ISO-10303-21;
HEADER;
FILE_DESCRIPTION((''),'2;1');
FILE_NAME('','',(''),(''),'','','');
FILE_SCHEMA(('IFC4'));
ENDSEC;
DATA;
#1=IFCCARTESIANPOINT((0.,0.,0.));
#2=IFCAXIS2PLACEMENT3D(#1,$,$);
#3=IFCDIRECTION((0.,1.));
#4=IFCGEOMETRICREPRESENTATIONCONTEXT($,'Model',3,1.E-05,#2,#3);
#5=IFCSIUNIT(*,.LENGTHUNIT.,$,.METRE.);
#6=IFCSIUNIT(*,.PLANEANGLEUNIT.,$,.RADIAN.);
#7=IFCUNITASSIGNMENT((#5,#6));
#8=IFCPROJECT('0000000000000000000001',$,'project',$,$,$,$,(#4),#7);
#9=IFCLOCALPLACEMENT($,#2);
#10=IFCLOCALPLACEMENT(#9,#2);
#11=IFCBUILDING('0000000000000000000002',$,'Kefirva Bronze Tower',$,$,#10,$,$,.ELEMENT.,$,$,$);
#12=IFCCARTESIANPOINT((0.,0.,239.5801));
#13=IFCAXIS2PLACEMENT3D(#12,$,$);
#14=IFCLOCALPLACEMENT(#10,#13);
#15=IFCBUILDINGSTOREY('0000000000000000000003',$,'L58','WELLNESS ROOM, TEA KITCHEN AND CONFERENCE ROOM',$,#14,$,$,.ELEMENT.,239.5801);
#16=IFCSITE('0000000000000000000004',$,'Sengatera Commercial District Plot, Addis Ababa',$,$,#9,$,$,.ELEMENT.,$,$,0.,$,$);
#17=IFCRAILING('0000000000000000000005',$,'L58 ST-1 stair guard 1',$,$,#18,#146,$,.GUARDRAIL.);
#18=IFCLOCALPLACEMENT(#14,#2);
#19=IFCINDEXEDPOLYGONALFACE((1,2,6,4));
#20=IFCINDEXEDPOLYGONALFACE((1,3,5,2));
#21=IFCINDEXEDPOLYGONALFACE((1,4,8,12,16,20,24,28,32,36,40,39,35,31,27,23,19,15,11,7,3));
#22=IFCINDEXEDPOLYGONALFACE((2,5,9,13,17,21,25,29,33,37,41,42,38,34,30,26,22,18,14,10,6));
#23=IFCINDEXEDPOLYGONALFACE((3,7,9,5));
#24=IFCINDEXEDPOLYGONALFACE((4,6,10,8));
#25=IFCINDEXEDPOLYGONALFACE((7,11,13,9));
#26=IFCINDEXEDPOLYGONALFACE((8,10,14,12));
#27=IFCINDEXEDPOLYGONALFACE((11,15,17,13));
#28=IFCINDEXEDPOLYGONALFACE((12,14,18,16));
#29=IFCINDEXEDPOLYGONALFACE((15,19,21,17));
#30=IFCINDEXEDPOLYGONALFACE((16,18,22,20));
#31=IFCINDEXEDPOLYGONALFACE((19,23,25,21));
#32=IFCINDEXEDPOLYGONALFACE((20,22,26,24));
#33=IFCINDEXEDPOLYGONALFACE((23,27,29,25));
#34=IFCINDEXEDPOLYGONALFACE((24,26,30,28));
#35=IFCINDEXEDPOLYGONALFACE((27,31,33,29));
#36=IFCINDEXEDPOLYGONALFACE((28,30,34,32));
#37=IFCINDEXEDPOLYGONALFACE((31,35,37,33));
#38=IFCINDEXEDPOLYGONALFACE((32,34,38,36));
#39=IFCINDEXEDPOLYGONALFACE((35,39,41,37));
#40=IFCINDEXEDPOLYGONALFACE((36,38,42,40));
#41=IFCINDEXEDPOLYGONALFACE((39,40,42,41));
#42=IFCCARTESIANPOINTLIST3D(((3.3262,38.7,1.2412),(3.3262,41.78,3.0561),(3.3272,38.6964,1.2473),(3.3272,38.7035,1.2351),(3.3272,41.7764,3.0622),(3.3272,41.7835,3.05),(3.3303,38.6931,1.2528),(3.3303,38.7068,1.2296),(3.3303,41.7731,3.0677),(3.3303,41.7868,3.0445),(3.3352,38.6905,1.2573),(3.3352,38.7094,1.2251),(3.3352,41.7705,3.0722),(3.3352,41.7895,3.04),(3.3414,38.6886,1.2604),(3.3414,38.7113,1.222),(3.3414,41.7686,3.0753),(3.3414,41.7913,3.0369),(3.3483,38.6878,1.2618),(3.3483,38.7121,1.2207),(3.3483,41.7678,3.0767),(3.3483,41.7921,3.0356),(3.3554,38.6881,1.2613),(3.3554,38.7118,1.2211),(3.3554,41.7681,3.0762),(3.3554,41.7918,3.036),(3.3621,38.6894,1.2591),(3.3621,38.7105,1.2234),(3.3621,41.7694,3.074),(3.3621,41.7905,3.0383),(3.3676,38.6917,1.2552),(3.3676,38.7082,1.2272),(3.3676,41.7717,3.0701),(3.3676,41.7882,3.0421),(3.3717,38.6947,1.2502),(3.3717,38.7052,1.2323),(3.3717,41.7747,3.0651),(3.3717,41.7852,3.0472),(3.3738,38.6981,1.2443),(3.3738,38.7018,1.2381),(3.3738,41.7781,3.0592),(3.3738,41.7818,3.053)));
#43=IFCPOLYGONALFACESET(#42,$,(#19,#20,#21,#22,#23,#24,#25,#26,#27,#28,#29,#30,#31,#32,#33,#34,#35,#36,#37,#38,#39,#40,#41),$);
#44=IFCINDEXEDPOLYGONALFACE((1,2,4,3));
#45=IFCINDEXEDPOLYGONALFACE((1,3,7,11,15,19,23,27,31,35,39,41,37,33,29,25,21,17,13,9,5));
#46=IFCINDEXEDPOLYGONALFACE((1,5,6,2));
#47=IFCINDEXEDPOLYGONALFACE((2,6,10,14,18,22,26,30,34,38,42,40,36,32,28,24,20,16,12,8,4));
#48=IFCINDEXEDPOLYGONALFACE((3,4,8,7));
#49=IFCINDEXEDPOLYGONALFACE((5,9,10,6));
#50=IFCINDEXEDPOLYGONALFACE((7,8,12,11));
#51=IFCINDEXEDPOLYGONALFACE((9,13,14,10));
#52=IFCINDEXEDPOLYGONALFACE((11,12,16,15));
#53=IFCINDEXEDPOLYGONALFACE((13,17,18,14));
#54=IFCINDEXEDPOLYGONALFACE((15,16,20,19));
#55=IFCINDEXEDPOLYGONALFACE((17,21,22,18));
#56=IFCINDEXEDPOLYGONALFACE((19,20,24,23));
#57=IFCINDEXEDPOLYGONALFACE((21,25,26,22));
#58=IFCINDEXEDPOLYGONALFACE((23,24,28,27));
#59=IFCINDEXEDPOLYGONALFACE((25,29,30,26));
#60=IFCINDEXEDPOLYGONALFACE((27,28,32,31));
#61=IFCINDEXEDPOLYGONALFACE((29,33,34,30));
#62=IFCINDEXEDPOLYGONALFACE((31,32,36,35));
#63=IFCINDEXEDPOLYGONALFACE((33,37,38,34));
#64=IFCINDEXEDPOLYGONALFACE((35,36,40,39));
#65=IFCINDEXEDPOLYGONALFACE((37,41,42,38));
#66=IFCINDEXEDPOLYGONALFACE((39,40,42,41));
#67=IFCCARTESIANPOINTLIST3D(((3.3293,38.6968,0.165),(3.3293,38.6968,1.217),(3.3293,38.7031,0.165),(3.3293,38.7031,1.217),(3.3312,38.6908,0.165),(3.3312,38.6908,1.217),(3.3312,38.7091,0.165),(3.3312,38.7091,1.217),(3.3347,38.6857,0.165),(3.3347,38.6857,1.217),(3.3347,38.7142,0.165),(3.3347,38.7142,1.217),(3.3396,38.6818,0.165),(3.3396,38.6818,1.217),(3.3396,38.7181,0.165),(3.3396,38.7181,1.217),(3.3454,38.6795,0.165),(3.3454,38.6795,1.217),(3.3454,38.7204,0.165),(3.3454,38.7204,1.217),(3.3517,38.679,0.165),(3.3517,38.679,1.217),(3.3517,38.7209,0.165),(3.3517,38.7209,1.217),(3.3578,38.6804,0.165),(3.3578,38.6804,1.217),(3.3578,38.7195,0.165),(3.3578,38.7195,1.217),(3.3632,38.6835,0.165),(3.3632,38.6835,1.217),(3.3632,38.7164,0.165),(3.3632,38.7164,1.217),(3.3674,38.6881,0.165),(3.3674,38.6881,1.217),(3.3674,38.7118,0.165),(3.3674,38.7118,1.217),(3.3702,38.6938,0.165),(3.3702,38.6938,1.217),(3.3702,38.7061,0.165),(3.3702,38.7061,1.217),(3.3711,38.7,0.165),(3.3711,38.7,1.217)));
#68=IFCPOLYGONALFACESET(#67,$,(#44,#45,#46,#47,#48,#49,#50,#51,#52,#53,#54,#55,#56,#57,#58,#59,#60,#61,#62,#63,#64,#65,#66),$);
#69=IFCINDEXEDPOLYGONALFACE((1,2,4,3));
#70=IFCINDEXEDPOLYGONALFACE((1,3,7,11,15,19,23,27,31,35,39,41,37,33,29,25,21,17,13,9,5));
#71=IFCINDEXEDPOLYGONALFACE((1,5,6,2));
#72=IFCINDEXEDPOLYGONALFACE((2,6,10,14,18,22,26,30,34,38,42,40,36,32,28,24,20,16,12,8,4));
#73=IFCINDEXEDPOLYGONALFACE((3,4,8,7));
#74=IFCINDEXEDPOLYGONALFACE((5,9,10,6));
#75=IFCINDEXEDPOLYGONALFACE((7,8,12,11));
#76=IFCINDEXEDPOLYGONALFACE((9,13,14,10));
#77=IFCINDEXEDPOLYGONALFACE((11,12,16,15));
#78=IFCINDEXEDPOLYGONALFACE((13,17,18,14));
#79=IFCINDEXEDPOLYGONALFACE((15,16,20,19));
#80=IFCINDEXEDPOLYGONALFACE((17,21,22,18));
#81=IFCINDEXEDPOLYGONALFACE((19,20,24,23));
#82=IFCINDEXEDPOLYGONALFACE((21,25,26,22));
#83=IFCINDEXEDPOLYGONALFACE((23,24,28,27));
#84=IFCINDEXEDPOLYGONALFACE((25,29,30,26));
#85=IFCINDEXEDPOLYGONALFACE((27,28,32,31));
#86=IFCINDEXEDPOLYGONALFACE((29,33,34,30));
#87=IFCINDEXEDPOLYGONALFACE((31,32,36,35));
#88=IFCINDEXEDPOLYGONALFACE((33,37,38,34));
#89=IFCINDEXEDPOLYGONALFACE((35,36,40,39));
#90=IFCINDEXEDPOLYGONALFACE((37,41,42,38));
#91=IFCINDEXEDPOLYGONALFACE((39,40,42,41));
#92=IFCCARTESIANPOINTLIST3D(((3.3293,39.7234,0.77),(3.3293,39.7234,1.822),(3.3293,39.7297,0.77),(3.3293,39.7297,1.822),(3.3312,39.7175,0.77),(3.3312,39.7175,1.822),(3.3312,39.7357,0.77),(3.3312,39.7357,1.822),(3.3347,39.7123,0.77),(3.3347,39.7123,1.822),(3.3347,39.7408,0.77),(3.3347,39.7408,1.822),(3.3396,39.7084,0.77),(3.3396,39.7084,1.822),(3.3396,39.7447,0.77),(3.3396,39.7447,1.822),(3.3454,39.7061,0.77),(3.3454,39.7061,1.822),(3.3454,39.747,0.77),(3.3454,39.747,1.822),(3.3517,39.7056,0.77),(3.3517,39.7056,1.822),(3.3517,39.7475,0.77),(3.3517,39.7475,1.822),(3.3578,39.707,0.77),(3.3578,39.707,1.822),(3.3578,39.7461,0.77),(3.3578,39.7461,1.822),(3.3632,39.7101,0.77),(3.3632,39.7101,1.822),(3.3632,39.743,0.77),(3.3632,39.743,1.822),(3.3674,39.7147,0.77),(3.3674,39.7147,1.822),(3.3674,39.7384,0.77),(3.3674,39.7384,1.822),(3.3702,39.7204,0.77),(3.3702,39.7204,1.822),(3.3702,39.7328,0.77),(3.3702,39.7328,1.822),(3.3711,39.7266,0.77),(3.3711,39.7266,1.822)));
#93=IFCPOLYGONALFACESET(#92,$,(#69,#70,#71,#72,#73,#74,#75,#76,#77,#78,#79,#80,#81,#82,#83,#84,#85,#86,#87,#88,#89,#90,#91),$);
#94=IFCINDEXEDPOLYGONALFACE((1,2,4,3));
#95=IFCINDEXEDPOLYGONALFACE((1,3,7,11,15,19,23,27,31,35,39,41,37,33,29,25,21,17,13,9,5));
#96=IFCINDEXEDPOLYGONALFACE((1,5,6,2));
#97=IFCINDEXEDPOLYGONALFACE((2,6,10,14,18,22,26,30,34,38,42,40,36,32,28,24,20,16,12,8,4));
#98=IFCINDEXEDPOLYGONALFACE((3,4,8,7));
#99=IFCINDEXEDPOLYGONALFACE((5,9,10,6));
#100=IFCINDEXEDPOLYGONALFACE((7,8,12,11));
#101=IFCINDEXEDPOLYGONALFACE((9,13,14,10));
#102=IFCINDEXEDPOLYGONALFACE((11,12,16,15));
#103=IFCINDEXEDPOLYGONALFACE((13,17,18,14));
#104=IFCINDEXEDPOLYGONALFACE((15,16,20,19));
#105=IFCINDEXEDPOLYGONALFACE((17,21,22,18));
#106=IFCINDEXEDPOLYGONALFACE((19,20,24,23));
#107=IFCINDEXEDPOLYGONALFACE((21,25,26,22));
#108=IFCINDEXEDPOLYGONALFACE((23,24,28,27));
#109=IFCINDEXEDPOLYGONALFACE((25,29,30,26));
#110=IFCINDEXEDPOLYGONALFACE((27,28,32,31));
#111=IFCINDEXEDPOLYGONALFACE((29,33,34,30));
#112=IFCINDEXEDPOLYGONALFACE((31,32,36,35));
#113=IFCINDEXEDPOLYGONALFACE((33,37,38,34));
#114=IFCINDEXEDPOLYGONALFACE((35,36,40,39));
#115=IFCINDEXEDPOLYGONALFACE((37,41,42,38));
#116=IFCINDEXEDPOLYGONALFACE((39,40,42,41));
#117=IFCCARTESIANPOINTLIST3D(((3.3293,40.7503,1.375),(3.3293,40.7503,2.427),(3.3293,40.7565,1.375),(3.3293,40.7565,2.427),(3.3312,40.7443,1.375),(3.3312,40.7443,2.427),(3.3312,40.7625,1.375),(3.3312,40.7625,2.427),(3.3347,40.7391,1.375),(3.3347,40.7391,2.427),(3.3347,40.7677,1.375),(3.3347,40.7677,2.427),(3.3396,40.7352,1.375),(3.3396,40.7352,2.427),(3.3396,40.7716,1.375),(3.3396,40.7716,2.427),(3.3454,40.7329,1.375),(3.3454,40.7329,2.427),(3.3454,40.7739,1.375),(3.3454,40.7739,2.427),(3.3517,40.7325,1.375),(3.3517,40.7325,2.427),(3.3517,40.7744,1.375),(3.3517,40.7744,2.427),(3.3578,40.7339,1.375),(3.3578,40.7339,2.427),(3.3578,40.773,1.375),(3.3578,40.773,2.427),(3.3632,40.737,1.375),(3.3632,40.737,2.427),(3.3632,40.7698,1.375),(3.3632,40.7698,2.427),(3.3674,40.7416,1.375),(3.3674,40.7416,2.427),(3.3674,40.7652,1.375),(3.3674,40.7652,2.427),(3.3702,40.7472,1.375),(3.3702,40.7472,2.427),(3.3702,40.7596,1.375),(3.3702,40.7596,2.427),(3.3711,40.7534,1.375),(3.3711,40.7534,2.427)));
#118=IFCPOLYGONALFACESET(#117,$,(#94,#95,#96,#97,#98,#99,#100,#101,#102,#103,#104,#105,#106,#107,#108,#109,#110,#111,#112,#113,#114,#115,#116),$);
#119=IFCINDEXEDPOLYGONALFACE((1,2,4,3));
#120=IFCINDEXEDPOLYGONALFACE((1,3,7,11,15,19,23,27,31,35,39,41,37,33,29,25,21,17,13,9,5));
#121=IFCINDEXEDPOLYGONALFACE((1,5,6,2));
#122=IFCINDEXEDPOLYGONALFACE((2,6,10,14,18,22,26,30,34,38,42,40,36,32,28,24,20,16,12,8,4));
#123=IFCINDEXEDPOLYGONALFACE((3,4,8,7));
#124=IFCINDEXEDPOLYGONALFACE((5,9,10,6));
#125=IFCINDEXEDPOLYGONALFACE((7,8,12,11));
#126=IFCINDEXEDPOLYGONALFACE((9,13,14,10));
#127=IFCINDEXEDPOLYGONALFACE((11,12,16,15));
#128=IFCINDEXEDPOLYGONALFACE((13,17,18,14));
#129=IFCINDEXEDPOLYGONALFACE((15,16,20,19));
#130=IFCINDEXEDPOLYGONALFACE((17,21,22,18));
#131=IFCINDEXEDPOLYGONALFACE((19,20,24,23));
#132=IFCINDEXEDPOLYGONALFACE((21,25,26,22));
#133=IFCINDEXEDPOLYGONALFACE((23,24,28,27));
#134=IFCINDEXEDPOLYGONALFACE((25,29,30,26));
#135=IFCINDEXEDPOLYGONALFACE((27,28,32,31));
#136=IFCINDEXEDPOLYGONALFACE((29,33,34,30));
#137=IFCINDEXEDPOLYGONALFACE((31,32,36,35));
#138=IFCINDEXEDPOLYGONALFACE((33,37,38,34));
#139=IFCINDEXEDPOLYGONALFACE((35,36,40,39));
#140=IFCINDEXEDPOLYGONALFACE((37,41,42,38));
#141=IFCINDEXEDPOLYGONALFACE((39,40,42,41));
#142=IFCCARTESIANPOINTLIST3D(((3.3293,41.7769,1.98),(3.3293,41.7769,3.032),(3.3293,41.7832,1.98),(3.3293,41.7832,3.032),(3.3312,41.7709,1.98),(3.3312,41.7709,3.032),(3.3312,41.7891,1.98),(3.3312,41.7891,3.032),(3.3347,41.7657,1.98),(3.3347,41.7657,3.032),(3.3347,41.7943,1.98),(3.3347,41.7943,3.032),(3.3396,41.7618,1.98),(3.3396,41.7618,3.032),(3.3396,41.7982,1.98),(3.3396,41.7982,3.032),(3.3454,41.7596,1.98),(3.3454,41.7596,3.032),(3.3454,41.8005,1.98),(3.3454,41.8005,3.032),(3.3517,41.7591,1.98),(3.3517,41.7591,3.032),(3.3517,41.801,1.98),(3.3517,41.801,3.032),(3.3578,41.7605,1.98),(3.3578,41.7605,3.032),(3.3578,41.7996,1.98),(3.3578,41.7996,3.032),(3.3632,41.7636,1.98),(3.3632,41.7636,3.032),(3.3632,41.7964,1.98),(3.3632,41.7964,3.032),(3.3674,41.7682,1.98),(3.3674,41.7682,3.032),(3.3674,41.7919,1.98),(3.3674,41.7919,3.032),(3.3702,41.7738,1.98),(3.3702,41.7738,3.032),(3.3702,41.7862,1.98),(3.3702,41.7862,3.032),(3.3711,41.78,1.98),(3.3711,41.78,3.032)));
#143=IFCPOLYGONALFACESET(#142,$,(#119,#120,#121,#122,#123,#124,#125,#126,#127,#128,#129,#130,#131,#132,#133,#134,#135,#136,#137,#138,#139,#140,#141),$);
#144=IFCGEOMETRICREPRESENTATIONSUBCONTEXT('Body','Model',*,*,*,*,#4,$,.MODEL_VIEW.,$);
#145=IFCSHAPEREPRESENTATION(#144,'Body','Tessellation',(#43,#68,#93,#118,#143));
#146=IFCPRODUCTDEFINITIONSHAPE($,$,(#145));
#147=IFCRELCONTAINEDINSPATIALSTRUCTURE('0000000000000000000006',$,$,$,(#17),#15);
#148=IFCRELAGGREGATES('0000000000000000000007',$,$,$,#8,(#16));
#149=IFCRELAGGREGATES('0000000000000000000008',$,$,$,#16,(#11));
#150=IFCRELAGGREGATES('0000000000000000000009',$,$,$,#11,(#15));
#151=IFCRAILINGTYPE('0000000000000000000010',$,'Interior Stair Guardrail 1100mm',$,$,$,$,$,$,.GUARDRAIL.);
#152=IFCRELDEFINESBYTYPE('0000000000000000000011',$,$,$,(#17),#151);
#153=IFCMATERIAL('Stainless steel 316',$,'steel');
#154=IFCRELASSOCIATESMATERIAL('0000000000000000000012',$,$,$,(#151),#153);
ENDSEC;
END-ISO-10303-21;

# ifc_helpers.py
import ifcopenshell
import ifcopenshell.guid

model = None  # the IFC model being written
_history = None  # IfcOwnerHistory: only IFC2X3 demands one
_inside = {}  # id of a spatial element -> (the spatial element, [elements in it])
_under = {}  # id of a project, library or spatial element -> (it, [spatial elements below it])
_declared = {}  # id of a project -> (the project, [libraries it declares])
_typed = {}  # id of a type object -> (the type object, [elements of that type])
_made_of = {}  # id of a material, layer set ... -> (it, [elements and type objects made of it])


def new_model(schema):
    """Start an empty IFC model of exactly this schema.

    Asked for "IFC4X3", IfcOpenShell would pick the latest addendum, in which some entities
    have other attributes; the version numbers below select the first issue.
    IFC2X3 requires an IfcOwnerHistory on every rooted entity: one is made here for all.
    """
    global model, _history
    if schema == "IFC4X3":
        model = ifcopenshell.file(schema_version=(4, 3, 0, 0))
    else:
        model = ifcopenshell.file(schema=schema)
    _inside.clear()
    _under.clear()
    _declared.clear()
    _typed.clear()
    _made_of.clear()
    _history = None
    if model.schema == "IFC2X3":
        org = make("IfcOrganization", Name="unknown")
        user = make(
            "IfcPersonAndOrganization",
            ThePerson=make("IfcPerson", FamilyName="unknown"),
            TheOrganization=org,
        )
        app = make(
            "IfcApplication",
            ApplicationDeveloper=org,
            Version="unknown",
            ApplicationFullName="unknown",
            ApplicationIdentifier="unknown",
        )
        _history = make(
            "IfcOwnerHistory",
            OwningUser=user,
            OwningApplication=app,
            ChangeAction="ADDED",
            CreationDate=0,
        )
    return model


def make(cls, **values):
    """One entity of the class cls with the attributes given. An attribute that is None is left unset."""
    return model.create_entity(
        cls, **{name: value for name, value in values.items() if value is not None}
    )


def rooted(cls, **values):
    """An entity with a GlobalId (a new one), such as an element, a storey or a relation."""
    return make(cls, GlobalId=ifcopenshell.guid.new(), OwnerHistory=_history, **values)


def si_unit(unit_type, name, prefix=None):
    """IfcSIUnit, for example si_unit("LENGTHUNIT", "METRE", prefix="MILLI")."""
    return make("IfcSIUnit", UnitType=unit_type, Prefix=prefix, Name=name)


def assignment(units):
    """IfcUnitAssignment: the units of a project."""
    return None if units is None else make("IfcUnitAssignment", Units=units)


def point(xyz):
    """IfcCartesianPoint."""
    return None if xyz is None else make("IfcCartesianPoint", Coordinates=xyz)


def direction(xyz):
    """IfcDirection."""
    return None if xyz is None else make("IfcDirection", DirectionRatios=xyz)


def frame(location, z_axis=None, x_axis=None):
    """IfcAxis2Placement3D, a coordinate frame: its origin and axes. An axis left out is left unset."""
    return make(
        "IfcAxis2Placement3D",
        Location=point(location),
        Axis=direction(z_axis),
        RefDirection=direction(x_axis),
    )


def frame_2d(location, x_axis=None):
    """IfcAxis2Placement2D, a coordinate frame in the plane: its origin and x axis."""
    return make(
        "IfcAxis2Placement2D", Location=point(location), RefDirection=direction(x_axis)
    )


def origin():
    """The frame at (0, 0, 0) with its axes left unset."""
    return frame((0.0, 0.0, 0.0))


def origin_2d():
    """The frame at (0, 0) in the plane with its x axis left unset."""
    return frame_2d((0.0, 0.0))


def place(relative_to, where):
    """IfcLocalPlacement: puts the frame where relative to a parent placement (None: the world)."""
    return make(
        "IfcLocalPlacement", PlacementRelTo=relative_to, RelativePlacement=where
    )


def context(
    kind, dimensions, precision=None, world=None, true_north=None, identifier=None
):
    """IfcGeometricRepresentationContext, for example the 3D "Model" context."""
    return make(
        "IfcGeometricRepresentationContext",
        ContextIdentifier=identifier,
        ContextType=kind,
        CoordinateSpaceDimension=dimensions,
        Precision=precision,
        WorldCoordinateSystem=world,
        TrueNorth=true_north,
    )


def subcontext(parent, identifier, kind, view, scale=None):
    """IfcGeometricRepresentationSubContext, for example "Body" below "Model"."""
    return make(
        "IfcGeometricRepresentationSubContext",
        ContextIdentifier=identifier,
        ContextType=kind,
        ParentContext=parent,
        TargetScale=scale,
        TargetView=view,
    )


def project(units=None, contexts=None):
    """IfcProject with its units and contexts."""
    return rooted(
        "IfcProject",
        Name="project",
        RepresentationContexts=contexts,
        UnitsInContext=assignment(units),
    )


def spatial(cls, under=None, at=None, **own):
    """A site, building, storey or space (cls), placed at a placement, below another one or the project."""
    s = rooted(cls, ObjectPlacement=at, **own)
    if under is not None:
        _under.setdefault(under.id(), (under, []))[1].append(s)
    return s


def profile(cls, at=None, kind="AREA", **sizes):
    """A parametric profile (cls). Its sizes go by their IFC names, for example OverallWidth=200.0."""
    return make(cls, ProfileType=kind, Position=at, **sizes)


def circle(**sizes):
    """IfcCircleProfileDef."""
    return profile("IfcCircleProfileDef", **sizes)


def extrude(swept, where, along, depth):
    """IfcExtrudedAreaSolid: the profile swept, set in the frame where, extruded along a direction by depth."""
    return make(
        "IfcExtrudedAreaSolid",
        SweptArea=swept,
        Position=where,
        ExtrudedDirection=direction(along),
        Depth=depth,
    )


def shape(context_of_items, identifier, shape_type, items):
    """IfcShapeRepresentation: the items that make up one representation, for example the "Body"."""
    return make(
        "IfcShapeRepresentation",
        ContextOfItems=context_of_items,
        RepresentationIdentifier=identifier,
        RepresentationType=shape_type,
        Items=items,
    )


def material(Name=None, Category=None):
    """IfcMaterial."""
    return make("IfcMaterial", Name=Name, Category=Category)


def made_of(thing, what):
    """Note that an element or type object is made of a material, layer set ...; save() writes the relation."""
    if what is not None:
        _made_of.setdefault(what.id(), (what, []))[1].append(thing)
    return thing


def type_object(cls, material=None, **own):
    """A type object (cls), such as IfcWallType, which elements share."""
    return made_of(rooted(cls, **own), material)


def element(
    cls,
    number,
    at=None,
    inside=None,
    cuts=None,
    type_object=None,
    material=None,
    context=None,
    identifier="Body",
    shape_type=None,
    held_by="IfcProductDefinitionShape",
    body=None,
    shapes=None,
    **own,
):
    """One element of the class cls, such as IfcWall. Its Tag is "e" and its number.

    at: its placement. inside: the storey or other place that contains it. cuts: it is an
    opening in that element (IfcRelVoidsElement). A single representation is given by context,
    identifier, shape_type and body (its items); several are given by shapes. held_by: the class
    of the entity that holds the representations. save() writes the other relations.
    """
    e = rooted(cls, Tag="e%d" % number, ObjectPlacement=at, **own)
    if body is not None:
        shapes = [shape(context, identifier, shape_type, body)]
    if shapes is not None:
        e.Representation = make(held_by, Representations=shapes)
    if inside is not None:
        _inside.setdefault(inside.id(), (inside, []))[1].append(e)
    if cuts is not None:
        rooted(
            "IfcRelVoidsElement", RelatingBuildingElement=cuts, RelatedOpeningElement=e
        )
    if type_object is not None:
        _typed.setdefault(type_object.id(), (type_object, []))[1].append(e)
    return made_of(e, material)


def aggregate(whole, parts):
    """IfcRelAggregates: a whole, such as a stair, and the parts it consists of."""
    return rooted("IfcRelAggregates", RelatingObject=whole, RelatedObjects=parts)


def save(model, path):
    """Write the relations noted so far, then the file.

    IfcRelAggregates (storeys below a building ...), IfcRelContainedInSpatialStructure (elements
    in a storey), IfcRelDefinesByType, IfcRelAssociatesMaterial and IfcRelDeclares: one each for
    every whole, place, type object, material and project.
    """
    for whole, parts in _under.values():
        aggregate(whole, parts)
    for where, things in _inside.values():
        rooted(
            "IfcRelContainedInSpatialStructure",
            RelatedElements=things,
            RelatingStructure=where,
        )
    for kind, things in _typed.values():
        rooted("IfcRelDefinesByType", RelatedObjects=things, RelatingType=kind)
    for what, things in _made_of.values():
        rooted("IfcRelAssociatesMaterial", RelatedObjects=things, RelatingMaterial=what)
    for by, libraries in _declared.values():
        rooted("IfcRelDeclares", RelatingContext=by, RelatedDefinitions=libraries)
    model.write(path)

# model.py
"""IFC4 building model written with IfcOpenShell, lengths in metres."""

from ifc_helpers import new_model, si_unit, direction, frame, origin, origin_2d, place, context, subcontext, project, spatial, circle, extrude, material, type_object, element, save


model = new_model("IFC4")

# Units and contexts
model_context = context("Model", 3, precision=1e-05, world=origin(), true_north=direction((0.0, 1.0)))
body_context = subcontext(model_context, "Body", "Model", "MODEL_VIEW")
ifc_project = project(units=[si_unit("LENGTHUNIT", "METRE"), si_unit("PLANEANGLEUNIT", "RADIAN")], contexts=[model_context])

# Site, building, storey
site_placement = place(None, origin())
site = spatial("IfcSite", under=ifc_project, at=site_placement, Name="Sengatera Commercial District Plot, Addis Ababa", CompositionType="ELEMENT", RefElevation=0.0)
building_placement = place(site_placement, origin())
building = spatial("IfcBuilding", under=site, at=building_placement, Name="Kefirva Bronze Tower", CompositionType="ELEMENT")
storey_placement = place(building_placement, frame((0.0, 0.0, 239.5801)))
storey = spatial("IfcBuildingStorey", under=building, at=storey_placement, Name="L58", Description="WELLNESS ROOM, TEA KITCHEN AND CONFERENCE ROOM", CompositionType="ELEMENT", Elevation=239.5801)

# Railing
ifc_material_1 = material(Name="Stainless steel 316", Category="steel")
railing_type_1 = type_object("IfcRailingType", Name="Interior Stair Guardrail 1100mm", PredefinedType="GUARDRAIL", material=ifc_material_1)
railing_1_placement = place(storey_placement, frame((3.3501, 38.7, 0.165)))
element("IfcRailing", 1, at=railing_1_placement, inside=storey, type_object=railing_type_1, Name="L58 ST-1 stair guard 1", PredefinedType="GUARDRAIL", context=body_context, shape_type="SweptSolid", body=[
    extrude(circle(Radius=0.0239, at=origin_2d()), frame((0.0, 0.0, 1.0762), z_axis=(0.0, 0.861551, 0.507671), x_axis=(-1.0, 0.0, 0.0)), (0.0, 0.0, 1.0), 3.575),
    extrude(circle(Radius=0.021, at=origin_2d()), origin(), (0.0, 0.0, 1.0), 1.052),
    extrude(circle(Radius=0.021, at=origin_2d()), frame((0.0, 1.0266, 0.605)), (0.0, 0.0, 1.0), 1.052),
    extrude(circle(Radius=0.021, at=origin_2d()), frame((0.0, 2.0535, 1.21)), (0.0, 0.0, 1.0), 1.052),
    extrude(circle(Radius=0.021, at=origin_2d()), frame((0.0, 3.0801, 1.8149)), (0.0, 0.0, 1.0), 1.052),
])

save(model, "model.ifc")
